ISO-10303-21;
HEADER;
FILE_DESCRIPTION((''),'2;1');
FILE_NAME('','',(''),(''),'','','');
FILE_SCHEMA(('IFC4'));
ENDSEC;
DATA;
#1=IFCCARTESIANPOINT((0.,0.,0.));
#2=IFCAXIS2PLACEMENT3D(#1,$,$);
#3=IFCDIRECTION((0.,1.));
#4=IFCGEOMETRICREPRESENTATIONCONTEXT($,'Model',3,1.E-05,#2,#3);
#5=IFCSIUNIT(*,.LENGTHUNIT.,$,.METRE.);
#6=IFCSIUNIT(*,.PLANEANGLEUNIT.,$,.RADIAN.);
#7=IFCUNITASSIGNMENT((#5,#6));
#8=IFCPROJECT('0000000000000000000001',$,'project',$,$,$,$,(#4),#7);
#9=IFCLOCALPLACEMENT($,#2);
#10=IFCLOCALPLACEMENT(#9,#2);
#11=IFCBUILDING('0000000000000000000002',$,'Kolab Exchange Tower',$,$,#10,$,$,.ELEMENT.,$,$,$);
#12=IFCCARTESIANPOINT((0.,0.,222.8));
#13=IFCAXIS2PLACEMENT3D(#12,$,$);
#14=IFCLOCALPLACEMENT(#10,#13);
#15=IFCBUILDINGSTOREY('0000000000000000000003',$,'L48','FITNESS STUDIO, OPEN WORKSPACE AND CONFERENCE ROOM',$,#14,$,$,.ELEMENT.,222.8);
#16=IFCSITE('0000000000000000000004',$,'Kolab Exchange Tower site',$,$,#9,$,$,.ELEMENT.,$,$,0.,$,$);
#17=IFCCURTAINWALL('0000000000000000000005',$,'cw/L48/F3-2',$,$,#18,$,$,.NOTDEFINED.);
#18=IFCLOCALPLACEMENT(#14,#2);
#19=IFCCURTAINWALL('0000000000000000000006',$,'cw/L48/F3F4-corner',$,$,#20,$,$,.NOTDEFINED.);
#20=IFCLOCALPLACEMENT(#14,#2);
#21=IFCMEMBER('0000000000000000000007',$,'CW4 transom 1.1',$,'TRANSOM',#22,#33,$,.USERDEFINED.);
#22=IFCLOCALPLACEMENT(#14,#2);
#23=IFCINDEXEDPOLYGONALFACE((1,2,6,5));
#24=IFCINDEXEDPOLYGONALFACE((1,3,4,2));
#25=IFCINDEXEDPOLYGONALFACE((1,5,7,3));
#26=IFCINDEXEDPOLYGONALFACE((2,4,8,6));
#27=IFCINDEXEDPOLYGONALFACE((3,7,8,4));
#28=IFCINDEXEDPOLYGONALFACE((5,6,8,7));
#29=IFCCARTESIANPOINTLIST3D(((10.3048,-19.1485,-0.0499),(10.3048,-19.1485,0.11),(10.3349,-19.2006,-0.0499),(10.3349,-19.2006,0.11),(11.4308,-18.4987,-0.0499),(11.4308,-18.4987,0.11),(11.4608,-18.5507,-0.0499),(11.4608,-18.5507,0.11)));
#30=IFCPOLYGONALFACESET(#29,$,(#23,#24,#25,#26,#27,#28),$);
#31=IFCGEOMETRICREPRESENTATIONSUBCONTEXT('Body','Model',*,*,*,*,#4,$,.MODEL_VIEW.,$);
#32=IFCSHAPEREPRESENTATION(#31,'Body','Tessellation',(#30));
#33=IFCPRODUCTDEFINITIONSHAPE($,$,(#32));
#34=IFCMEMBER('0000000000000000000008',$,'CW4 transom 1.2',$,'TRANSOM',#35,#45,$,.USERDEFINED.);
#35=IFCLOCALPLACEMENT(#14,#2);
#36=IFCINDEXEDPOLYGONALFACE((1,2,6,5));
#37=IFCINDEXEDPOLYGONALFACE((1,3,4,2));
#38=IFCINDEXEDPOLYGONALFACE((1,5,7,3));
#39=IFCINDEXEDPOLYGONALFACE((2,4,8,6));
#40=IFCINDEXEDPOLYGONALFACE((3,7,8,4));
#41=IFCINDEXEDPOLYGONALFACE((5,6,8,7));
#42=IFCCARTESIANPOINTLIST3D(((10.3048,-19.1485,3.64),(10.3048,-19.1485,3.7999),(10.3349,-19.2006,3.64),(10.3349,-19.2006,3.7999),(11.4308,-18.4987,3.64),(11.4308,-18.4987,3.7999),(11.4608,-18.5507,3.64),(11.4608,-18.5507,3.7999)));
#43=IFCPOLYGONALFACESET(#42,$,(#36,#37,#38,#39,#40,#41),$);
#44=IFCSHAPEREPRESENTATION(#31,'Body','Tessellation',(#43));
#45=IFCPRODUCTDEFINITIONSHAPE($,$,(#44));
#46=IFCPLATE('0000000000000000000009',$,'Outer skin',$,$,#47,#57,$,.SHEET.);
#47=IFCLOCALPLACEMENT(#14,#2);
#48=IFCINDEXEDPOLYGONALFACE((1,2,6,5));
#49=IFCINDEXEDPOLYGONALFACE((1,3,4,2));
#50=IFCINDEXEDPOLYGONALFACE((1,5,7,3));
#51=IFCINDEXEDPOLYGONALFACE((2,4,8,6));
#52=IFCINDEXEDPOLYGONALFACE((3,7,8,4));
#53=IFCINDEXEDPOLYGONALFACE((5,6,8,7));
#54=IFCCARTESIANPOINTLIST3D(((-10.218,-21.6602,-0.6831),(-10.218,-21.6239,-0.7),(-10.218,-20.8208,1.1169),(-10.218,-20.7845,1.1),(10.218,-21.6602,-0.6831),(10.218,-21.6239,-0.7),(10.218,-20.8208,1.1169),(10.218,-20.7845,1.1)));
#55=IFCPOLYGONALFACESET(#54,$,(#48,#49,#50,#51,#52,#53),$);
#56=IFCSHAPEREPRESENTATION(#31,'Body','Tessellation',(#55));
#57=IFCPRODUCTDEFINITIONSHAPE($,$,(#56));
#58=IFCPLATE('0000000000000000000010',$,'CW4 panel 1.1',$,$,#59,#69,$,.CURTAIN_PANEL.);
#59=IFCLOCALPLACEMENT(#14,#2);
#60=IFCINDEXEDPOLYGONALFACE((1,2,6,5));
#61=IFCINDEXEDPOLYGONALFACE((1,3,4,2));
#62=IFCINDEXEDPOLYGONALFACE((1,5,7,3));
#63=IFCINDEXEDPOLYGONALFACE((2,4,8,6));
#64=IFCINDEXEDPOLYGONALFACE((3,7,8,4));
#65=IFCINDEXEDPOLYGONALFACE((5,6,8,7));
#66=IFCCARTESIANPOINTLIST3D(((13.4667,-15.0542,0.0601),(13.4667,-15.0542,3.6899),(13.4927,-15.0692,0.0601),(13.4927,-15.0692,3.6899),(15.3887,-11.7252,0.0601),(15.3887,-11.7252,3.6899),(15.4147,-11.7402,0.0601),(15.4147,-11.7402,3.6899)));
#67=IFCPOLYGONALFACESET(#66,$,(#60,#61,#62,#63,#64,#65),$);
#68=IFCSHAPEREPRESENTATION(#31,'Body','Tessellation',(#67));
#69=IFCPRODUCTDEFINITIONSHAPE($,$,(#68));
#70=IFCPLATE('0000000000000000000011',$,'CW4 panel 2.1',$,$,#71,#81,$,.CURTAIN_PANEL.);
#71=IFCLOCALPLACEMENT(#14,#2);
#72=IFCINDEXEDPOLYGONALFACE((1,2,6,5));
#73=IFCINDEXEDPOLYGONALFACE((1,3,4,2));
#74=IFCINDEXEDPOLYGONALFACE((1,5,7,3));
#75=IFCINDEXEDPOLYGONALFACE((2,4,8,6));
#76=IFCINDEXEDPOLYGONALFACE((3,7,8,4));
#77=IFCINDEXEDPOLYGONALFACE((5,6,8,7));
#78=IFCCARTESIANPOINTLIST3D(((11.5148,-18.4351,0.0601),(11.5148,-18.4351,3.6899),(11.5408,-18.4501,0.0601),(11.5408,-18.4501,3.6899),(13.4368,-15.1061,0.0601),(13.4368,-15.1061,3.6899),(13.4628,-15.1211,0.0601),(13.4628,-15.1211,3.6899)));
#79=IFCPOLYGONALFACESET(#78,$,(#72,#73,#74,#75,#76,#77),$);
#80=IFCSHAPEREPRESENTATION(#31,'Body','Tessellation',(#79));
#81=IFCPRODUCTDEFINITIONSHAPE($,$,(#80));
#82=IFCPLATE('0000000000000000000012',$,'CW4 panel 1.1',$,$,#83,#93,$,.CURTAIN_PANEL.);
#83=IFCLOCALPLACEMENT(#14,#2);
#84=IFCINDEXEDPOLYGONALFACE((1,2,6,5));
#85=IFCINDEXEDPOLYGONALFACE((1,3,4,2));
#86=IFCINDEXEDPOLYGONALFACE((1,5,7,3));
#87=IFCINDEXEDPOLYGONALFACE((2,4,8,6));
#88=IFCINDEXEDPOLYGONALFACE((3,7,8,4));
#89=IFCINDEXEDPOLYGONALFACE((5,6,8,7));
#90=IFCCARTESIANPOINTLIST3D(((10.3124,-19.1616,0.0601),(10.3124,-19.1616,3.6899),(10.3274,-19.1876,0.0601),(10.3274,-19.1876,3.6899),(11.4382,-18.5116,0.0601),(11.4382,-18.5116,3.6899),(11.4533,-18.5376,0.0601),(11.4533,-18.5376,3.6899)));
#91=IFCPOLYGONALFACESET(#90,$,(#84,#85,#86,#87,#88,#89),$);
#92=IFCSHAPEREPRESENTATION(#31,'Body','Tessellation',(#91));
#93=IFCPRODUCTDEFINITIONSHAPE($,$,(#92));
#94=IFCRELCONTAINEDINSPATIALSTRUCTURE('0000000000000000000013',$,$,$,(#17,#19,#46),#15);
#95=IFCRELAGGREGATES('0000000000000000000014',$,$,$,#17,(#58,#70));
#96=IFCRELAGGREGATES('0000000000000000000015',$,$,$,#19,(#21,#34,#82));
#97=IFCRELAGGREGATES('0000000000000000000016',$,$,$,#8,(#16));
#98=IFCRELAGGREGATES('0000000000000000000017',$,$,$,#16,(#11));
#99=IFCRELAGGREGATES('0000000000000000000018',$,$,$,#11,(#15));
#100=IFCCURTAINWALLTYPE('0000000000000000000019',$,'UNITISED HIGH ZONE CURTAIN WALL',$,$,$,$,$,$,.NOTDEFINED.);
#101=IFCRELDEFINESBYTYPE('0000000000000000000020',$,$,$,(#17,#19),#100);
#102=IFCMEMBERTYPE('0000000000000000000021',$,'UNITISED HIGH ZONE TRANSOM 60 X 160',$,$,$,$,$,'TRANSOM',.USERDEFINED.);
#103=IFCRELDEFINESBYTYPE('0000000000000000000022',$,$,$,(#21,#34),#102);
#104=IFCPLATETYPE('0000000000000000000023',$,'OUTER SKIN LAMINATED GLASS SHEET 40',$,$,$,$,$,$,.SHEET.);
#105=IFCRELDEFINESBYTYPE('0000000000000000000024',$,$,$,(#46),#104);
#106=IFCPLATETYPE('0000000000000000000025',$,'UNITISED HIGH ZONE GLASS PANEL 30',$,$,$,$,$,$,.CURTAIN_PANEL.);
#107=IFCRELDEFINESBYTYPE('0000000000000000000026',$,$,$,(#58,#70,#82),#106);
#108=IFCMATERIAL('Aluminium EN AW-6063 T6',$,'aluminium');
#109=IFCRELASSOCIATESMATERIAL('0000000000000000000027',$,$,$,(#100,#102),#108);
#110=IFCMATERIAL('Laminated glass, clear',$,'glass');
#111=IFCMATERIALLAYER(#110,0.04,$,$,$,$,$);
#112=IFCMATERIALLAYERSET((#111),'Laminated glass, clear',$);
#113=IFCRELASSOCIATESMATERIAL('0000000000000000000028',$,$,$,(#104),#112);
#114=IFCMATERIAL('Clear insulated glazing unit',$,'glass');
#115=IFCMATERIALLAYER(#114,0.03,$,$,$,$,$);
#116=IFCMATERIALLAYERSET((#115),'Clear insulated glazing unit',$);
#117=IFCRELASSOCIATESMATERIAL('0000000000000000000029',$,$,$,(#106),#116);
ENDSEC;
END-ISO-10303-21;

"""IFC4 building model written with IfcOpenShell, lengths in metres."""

from ifc_helpers import new_model, si_unit, direction, frame, origin, origin_2d, place, context, subcontext, project, spatial, polyline, rectangle, outline, extrude, material, layer, layer_set, material_profile, profile_set, type_object, element, aggregate, save


model = new_model("IFC4")

# Units and contexts
model_context = context("Model", 3, precision=1e-05, world=origin(), true_north=direction((0.0, 1.0)))
body_context = subcontext(model_context, "Body", "Model", "MODEL_VIEW")
ifc_project = project(units=[si_unit("LENGTHUNIT", "METRE"), si_unit("PLANEANGLEUNIT", "RADIAN")], contexts=[model_context])

# Site, building, storey
site_placement = place(None, origin())
site = spatial("IfcSite", under=ifc_project, at=site_placement, Name="Kolab Exchange Tower site", CompositionType="ELEMENT", RefElevation=0.0)
building_placement = place(site_placement, origin())
building = spatial("IfcBuilding", under=site, at=building_placement, Name="Kolab Exchange Tower", CompositionType="ELEMENT")
storey_placement = place(building_placement, frame((0.0, 0.0, 222.8)))
storey = spatial("IfcBuildingStorey", under=building, at=storey_placement, Name="L48", Description="FITNESS STUDIO, OPEN WORKSPACE AND CONFERENCE ROOM", CompositionType="ELEMENT", Elevation=222.8)

# Curtain wall
ifc_material_1 = material(Name="Aluminium EN AW-6063 T6", Category="aluminium")
curtain_wall_type = type_object("IfcCurtainWallType", Name="UNITISED HIGH ZONE CURTAIN WALL", PredefinedType="NOTDEFINED", material=ifc_material_1)
curtain_wall_1_placement = place(storey_placement, origin())
curtain_wall_1 = element("IfcCurtainWall", 1, at=curtain_wall_1_placement, inside=storey, type_object=curtain_wall_type, Name="cw/L48/F3-2", PredefinedType="NOTDEFINED")

# Curtain wall
curtain_wall_2_placement = place(storey_placement, origin())
curtain_wall_2 = element("IfcCurtainWall", 2, at=curtain_wall_2_placement, inside=storey, type_object=curtain_wall_type, Name="cw/L48/F3F4-corner", PredefinedType="NOTDEFINED")

# Members
ifc_material_profile_1 = material_profile(ifc_material_1, rectangle(XDim=0.0601, YDim=0.1599, at=origin_2d()), Name="RECT 60X160")
ifc_profile_set_1 = profile_set([ifc_material_profile_1], Name="Aluminium EN AW-6063 T6")
member_type_1 = type_object("IfcMemberType", Name="UNITISED HIGH ZONE TRANSOM 60 X 160", ElementType="TRANSOM", PredefinedType="USERDEFINED", material=ifc_profile_set_1)
member_1_placement = place(storey_placement, frame((11.4458, -18.5247, 0.03), z_axis=(-0.866086, -0.499896, 0.0), x_axis=(0.499896, -0.866086, 0.0)))
member_1 = element("IfcMember", 3, at=member_1_placement, type_object=member_type_1, Name="CW4 transom 1.1", ObjectType="TRANSOM", PredefinedType="USERDEFINED", context=body_context, shape_type="SweptSolid", body=[
    extrude(rectangle(XDim=0.0601, YDim=0.1599, at=origin_2d()), origin(), (0.0, 0.0, 1.0), 1.3),
])
member_2_placement = place(storey_placement, frame((11.4458, -18.5247, 3.72), z_axis=(-0.866086, -0.499896, 0.0), x_axis=(0.499896, -0.866086, 0.0)))
member_2 = element("IfcMember", 4, at=member_2_placement, type_object=member_type_1, Name="CW4 transom 1.2", ObjectType="TRANSOM", PredefinedType="USERDEFINED", context=body_context, shape_type="SweptSolid", body=[
    extrude(rectangle(XDim=0.0601, YDim=0.1599, at=origin_2d()), origin(), (0.0, 0.0, 1.0), 1.3),
])

# Plates
ifc_material_2 = material(Name="Laminated glass, clear", Category="glass")
ifc_layer_1 = layer(ifc_material_2, 0.04)
ifc_layer_set_1 = layer_set([ifc_layer_1], Name="Laminated glass, clear")
plate_type_1 = type_object("IfcPlateType", Name="OUTER SKIN LAMINATED GLASS SHEET 40", PredefinedType="SHEET", material=ifc_layer_set_1)
plate_1_placement = place(storey_placement, frame((10.218, -21.6602, -0.6831), z_axis=(0.0, -0.906312, 0.42261), x_axis=(-1.0, 0.0, 0.0)))
element("IfcPlate", 5, at=plate_1_placement, inside=storey, type_object=plate_type_1, Name="Outer skin", PredefinedType="SHEET", context=body_context, shape_type="SweptSolid", body=[
    extrude(outline(polyline([(0.0, 0.0), (20.436, 0.0), (20.436, -1.9861), (0.0, -1.9861), (0.0, 0.0)])), origin(), (0.0, 0.0, -1.0), 0.04),
])
ifc_material_3 = material(Name="Clear insulated glazing unit", Category="glass")
ifc_layer_2 = layer(ifc_material_3, 0.03)
ifc_layer_set_2 = layer_set([ifc_layer_2], Name="Clear insulated glazing unit")
plate_type_2 = type_object("IfcPlateType", Name="UNITISED HIGH ZONE GLASS PANEL 30", PredefinedType="CURTAIN_PANEL", material=ifc_layer_set_2)
plate_2_placement = place(storey_placement, frame((14.4407, -13.3972, 0.0601), z_axis=(0.0, 0.0, 1.0), x_axis=(-0.5, -0.866025, 0.0)))
plate_2 = element("IfcPlate", 6, at=plate_2_placement, type_object=plate_type_2, Name="CW4 panel 1.1", PredefinedType="CURTAIN_PANEL", context=body_context, shape_type="SweptSolid", body=[
    extrude(rectangle(XDim=3.844, YDim=0.03, at=origin_2d()), origin(), (0.0, 0.0, 1.0), 3.6299),
])
plate_3_placement = place(storey_placement, frame((12.4888, -16.7781, 0.0601), z_axis=(0.0, 0.0, 1.0), x_axis=(-0.5, -0.866025, 0.0)))
plate_3 = element("IfcPlate", 7, at=plate_3_placement, type_object=plate_type_2, Name="CW4 panel 2.1", PredefinedType="CURTAIN_PANEL", context=body_context, shape_type="SweptSolid", body=[
    extrude(rectangle(XDim=3.844, YDim=0.03, at=origin_2d()), origin(), (0.0, 0.0, 1.0), 3.6299),
])
aggregate(curtain_wall_1, [plate_2, plate_3])
plate_4_placement = place(storey_placement, frame((10.8828, -18.8496, 0.0601), z_axis=(0.0, 0.0, 1.0), x_axis=(-0.866025, -0.5, 0.0)))
plate_4 = element("IfcPlate", 8, at=plate_4_placement, type_object=plate_type_2, Name="CW4 panel 1.1", PredefinedType="CURTAIN_PANEL", context=body_context, shape_type="SweptSolid", body=[
    extrude(rectangle(XDim=1.3, YDim=0.03, at=origin_2d()), origin(), (0.0, 0.0, 1.0), 3.6299),
])
aggregate(curtain_wall_2, [member_1, member_2, plate_4])

save(model, "model.ifc")
